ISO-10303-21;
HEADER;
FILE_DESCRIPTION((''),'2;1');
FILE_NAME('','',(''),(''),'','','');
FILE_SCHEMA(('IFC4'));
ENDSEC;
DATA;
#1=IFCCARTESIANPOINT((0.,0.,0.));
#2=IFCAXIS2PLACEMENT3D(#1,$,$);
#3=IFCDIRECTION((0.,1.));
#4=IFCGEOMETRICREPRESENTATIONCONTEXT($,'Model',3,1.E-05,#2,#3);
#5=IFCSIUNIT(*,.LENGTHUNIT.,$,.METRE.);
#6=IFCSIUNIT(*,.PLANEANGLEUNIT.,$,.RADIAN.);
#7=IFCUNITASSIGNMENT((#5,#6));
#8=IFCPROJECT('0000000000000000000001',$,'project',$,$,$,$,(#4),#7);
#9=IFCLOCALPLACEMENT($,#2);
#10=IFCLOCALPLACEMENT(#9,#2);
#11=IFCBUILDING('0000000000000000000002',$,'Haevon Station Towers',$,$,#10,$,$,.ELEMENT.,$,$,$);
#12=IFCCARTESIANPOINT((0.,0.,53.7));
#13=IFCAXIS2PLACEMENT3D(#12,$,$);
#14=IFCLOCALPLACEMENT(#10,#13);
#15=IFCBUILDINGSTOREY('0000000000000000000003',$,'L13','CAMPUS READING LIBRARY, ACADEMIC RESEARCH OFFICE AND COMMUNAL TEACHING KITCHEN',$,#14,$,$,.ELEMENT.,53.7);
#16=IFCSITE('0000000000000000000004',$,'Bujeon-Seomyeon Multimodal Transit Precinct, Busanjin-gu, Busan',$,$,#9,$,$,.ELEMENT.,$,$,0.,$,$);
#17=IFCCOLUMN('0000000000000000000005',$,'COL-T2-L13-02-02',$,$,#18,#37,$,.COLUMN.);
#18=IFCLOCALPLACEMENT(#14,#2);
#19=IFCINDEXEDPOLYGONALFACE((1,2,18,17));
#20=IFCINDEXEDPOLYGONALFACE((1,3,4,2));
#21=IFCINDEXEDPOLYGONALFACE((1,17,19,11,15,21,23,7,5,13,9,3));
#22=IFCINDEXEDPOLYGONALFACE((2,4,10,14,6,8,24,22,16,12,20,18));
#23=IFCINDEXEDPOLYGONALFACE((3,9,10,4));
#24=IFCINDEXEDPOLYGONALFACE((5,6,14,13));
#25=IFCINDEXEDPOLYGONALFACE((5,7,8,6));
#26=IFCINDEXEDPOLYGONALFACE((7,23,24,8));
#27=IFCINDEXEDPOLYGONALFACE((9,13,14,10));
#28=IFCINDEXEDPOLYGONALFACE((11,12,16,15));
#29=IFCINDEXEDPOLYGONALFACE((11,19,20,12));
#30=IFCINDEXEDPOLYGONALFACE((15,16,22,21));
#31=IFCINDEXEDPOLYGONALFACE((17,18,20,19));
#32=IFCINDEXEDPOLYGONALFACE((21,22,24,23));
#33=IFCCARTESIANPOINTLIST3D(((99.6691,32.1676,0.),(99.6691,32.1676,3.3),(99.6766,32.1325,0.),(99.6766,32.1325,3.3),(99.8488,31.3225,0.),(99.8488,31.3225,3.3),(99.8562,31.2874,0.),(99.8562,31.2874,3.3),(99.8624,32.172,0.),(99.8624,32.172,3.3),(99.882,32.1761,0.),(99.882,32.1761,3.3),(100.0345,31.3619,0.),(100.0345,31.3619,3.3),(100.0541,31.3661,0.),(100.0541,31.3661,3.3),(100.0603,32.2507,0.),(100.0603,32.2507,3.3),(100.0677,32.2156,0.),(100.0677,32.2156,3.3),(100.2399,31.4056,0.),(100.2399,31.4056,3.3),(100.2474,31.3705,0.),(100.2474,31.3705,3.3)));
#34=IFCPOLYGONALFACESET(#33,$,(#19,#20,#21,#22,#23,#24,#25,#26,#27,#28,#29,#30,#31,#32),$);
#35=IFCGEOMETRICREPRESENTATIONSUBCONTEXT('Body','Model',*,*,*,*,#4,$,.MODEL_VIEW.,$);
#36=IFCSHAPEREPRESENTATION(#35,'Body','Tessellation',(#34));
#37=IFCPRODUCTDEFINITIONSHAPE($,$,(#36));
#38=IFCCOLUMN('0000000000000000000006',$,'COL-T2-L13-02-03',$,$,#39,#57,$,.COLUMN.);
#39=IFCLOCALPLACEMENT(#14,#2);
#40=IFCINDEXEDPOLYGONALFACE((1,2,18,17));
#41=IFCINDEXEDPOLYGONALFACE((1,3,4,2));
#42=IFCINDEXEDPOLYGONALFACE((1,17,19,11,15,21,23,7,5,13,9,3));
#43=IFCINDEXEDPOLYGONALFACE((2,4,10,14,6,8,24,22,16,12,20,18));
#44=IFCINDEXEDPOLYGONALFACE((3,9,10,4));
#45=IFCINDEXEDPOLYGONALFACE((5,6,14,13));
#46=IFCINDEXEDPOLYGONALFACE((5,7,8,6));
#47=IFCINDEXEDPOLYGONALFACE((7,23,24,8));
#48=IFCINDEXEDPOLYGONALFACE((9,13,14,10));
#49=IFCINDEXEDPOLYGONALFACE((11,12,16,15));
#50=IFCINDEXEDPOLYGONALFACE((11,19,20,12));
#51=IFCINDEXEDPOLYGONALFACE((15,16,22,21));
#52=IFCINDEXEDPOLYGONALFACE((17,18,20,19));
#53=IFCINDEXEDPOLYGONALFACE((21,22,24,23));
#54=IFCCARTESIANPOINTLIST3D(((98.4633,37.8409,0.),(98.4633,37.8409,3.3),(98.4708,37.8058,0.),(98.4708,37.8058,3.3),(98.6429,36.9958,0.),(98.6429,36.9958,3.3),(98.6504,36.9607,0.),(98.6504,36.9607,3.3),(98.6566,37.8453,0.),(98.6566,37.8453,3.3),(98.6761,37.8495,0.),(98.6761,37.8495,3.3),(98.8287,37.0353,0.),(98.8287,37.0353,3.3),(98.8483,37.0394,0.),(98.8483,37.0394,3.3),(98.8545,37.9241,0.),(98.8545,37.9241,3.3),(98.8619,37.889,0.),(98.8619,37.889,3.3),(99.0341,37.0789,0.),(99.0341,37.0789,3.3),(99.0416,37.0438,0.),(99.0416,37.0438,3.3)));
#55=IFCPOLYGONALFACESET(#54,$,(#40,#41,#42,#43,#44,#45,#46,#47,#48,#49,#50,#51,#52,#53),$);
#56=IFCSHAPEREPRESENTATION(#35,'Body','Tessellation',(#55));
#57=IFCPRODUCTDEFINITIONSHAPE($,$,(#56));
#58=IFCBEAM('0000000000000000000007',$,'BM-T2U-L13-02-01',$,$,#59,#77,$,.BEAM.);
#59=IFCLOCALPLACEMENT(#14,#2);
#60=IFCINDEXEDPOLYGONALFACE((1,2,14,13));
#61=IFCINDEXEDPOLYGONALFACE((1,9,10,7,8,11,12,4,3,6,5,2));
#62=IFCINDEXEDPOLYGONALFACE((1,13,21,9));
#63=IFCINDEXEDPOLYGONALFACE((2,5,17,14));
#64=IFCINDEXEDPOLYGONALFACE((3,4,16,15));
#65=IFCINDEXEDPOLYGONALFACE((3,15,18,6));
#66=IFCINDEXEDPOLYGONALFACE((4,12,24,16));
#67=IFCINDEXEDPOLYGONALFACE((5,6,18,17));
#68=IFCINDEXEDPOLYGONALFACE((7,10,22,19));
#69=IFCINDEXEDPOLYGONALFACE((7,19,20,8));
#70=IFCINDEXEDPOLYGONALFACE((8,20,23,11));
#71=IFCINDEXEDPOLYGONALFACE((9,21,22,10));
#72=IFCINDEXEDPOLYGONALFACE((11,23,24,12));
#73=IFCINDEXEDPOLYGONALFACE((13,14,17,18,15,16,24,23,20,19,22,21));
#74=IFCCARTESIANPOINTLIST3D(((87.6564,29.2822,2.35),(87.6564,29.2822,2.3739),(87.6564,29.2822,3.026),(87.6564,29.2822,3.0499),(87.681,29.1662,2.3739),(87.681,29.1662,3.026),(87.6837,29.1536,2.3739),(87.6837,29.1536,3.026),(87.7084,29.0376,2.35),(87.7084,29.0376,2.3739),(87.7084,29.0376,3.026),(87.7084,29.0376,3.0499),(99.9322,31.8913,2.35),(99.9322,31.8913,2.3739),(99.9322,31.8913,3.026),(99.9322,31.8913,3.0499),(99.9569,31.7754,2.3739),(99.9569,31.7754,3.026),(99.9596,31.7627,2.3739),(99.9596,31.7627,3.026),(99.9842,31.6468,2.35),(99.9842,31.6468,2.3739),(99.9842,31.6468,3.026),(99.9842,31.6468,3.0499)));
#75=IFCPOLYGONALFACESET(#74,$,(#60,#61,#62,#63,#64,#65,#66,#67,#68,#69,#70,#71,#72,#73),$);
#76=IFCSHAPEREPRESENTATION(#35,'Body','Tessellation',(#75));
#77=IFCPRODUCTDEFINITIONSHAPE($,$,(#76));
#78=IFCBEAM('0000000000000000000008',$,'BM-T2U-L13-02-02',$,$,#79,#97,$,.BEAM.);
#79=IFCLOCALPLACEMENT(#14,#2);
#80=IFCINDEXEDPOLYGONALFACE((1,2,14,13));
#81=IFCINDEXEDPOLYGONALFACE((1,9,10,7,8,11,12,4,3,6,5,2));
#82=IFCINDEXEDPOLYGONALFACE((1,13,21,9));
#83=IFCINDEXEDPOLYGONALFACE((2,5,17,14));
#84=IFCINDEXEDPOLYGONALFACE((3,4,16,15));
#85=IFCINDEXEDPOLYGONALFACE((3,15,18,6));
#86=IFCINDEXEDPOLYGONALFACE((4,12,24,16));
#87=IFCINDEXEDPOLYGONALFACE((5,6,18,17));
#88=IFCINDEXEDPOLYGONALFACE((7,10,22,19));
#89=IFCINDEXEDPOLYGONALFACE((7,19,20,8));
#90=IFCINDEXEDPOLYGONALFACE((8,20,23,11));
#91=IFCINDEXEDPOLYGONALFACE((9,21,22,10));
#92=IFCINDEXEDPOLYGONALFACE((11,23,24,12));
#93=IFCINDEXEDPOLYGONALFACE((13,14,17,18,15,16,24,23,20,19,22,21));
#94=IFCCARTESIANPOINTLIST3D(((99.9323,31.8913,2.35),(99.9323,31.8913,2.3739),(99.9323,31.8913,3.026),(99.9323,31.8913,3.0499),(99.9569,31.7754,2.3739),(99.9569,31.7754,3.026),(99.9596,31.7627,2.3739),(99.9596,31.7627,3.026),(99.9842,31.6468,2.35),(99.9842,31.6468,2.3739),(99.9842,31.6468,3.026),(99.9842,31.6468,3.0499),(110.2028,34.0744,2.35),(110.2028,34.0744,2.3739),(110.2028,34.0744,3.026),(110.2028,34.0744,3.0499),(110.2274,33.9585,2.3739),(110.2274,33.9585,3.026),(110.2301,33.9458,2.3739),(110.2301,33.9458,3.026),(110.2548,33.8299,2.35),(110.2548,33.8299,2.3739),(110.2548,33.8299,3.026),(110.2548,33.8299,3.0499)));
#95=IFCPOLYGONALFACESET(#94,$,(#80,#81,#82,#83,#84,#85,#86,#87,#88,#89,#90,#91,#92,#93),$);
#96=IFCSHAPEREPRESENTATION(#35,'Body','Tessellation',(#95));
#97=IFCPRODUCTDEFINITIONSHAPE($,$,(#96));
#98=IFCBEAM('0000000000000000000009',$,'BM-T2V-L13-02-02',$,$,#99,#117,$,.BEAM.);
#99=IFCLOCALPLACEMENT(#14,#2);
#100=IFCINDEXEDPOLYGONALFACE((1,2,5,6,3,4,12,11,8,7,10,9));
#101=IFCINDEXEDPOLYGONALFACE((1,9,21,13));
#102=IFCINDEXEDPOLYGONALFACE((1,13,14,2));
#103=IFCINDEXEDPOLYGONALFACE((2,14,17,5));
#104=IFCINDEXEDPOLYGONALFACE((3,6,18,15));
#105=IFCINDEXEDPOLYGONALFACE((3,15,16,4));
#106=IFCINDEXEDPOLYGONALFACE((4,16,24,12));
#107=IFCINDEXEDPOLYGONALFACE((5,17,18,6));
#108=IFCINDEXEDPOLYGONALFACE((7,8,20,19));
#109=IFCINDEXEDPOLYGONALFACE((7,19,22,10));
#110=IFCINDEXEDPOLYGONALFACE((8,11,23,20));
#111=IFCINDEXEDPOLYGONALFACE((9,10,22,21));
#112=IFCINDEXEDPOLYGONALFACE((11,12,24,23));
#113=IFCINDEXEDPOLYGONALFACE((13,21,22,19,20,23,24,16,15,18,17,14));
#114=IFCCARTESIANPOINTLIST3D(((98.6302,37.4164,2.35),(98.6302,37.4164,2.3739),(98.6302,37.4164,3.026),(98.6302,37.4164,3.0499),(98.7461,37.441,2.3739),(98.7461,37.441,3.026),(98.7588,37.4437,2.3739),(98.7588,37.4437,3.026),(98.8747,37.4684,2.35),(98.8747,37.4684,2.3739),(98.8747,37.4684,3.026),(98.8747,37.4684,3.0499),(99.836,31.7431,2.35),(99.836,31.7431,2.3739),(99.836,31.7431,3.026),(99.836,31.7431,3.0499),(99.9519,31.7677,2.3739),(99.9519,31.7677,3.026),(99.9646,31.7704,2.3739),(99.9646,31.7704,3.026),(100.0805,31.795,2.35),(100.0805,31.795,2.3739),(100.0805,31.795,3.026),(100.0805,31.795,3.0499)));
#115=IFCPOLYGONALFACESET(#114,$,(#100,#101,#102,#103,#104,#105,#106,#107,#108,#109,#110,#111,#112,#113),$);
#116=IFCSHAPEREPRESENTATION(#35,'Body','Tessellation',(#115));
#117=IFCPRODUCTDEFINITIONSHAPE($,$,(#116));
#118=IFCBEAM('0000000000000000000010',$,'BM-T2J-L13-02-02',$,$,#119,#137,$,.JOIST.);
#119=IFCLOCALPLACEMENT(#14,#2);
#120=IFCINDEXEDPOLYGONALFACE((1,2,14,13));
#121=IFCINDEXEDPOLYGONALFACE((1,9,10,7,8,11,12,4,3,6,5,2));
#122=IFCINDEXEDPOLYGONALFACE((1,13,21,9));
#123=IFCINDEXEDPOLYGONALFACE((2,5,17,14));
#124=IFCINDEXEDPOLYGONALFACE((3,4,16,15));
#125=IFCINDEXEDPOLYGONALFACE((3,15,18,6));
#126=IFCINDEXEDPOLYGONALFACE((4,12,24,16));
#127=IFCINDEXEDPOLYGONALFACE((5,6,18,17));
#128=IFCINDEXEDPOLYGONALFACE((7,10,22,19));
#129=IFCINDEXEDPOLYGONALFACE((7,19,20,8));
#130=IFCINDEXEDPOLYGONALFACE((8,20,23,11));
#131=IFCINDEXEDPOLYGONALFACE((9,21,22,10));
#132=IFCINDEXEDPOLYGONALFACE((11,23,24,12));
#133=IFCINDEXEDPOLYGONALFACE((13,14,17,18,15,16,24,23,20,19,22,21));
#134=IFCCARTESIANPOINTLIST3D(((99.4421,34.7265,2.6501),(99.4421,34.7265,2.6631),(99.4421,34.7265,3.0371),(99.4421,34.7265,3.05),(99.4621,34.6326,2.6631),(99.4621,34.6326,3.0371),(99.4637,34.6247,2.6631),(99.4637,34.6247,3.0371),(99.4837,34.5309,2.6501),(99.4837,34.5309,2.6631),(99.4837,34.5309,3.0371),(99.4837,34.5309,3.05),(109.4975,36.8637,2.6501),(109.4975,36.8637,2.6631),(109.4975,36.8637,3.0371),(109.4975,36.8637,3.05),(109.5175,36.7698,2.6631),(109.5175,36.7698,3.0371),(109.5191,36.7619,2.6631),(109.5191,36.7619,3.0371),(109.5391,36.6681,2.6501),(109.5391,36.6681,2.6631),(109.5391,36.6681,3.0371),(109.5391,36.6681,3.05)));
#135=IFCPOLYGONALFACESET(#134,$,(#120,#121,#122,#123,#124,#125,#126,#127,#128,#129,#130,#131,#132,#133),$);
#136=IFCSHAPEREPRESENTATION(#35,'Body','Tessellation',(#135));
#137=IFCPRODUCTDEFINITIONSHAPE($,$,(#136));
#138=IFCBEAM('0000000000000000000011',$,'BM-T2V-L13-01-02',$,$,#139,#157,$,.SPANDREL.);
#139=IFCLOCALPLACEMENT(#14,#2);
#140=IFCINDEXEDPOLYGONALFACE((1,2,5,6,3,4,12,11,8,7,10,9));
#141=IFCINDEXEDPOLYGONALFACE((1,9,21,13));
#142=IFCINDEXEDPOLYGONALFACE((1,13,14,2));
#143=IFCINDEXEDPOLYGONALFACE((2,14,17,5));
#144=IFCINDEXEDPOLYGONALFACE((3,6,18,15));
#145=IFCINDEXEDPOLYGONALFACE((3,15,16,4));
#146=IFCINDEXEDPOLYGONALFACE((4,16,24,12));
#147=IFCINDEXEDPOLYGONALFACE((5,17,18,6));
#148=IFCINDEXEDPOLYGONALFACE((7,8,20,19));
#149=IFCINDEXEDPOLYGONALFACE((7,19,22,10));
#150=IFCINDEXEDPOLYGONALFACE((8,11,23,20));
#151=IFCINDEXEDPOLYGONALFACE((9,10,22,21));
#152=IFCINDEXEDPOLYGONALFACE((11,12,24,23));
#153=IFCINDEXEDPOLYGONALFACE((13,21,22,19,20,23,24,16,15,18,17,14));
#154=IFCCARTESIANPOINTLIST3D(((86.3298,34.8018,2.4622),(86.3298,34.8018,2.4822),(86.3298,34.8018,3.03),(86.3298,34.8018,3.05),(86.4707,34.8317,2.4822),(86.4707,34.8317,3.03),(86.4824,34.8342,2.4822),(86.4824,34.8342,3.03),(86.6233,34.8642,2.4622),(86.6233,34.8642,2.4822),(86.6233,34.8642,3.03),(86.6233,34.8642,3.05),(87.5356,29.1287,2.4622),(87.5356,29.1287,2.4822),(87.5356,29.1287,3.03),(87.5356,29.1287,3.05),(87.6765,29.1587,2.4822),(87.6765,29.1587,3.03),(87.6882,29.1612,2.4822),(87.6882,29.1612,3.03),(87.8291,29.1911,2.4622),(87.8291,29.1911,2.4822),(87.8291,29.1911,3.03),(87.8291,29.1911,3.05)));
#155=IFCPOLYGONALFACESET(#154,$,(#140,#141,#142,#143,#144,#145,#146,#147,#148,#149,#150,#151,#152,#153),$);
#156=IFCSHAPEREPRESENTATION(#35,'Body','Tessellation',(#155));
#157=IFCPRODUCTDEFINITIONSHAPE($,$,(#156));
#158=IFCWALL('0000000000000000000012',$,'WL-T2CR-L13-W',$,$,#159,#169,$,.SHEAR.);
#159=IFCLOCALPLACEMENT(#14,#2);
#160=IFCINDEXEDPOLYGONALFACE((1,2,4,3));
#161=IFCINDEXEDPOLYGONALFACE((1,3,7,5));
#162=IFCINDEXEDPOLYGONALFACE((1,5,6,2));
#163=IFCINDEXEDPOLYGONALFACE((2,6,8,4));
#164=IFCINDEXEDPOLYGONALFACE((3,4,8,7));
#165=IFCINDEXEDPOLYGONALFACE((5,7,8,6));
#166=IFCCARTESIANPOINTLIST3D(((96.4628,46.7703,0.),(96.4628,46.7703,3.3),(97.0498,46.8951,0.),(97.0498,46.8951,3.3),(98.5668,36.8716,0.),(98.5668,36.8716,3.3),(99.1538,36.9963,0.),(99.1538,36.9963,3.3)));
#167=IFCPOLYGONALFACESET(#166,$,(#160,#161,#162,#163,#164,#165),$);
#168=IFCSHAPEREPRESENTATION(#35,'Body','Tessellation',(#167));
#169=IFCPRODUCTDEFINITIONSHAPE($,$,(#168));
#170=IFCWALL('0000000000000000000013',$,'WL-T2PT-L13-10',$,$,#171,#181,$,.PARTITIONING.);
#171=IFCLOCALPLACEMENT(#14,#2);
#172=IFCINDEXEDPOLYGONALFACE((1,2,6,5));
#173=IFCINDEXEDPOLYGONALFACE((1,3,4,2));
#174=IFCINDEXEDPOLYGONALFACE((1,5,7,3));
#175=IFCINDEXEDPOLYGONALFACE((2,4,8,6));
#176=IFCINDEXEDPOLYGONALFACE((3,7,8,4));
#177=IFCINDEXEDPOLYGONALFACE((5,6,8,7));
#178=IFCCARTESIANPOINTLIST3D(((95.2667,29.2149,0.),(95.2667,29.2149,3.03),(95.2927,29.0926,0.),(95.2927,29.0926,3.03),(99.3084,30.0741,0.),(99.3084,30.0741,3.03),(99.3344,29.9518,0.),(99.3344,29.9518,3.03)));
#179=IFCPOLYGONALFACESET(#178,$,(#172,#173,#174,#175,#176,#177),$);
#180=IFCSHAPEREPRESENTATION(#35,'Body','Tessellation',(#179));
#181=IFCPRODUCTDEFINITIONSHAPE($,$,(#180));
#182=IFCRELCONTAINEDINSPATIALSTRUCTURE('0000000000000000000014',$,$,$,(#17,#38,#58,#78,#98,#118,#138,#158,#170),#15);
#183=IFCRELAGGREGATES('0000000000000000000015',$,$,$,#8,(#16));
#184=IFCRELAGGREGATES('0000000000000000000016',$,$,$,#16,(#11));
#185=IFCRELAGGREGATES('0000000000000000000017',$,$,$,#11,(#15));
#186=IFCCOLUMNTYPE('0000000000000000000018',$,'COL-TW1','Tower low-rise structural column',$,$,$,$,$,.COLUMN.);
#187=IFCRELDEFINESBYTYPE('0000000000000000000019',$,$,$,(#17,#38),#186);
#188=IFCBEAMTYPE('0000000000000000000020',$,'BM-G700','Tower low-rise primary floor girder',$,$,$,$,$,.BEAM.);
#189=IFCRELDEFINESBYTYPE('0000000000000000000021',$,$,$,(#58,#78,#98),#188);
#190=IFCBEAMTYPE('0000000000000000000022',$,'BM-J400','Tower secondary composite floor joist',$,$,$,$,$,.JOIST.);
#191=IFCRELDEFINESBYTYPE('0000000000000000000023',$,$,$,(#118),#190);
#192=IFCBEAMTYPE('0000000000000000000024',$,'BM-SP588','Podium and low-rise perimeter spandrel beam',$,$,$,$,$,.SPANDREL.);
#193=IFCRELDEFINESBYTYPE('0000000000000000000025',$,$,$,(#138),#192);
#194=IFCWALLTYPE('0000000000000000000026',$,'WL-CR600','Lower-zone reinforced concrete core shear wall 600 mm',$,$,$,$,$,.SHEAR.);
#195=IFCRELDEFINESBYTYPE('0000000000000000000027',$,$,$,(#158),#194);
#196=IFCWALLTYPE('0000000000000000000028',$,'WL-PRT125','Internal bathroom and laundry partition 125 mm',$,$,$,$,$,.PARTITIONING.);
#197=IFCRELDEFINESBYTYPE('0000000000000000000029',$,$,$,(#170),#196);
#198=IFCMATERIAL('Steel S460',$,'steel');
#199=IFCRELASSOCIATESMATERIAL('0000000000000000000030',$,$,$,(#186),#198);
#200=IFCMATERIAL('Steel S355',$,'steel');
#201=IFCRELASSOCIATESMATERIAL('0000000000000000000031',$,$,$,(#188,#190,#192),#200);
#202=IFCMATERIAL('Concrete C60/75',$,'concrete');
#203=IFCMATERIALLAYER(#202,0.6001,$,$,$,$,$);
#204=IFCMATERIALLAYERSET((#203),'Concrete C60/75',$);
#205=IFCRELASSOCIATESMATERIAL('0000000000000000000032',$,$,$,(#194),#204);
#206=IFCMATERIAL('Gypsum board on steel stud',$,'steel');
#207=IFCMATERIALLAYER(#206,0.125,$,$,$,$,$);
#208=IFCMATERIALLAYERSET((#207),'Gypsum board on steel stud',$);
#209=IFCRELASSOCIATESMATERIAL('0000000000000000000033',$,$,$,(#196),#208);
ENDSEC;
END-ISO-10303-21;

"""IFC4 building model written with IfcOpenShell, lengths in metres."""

from ifc_helpers import new_model, si_unit, direction, frame, frame_2d, origin, origin_2d, place, context, subcontext, project, spatial, rectangle, i_section, extrude, material, layer, layer_set, material_profile, profile_set, type_object, element, save


model = new_model("IFC4")

# Units and contexts
model_context = context("Model", 3, precision=1e-05, world=origin(), true_north=direction((0.0, 1.0)))
body_context = subcontext(model_context, "Body", "Model", "MODEL_VIEW")
ifc_project = project(units=[si_unit("LENGTHUNIT", "METRE"), si_unit("PLANEANGLEUNIT", "RADIAN")], contexts=[model_context])

# Site, building, storey
site_placement = place(None, origin())
site = spatial("IfcSite", under=ifc_project, at=site_placement, Name="Bujeon-Seomyeon Multimodal Transit Precinct, Busanjin-gu, Busan", CompositionType="ELEMENT", RefElevation=0.0)
building_placement = place(site_placement, origin())
building = spatial("IfcBuilding", under=site, at=building_placement, Name="Haevon Station Towers", CompositionType="ELEMENT")
storey_placement = place(building_placement, frame((0.0, 0.0, 53.7)))
storey = spatial("IfcBuildingStorey", under=building, at=storey_placement, Name="L13", Description="CAMPUS READING LIBRARY, ACADEMIC RESEARCH OFFICE AND COMMUNAL TEACHING KITCHEN", CompositionType="ELEMENT", Elevation=53.7)

# Columns
ifc_material_1 = material(Name="Steel S460", Category="steel")
ifc_material_profile_1 = material_profile(ifc_material_1, i_section(OverallWidth=0.3999, OverallDepth=0.8999, WebThickness=0.02, FlangeThickness=0.0359, at=origin_2d()), Name="H-900x400x20x36")
ifc_profile_set_1 = profile_set([ifc_material_profile_1], Name="Steel S460")
column_type = type_object("IfcColumnType", Name="COL-TW1", Description="Tower low-rise structural column", PredefinedType="COLUMN", material=ifc_profile_set_1)
for number, where, z_axis, x_axis, name in (
    (1, (99.9583, 31.769, 0.0), (0.0, 0.0, 1.0), (0.978148, 0.207912, 0.0), "COL-T2-L13-02-02"),
    (2, (98.7524, 37.4424, 0.0), (0.0, 0.0, 1.0), (0.978148, 0.207912, 0.0), "COL-T2-L13-02-03"),
):
    element("IfcColumn", number, at=place(storey_placement, frame(where, z_axis=z_axis, x_axis=x_axis)), inside=storey, type_object=column_type, Name=name, PredefinedType="COLUMN", context=body_context, shape_type="SweptSolid", body=[
        extrude(i_section(OverallWidth=0.3999, OverallDepth=0.8999, WebThickness=0.02, FlangeThickness=0.0359, at=origin_2d()), origin(), (0.0, 0.0, 1.0), 3.3),
    ])

# Beams
ifc_material_2 = material(Name="Steel S355", Category="steel")
ifc_material_profile_2 = material_profile(ifc_material_2, i_section(OverallWidth=0.25, OverallDepth=0.7, WebThickness=0.0129, FlangeThickness=0.0239, at=origin_2d()), Name="H-700x250x13x24")
ifc_profile_set_2 = profile_set([ifc_material_profile_2], Name="Steel S355")
beam_type_1 = type_object("IfcBeamType", Name="BM-G700", Description="Tower low-rise primary floor girder", PredefinedType="BEAM", material=ifc_profile_set_2)
beam_1_placement = place(storey_placement, frame((87.6824, 29.1599, 2.7), z_axis=(0.978151, 0.207897, 0.0), x_axis=(-0.207897, 0.978151, 0.0)))
element("IfcBeam", 3, at=beam_1_placement, inside=storey, type_object=beam_type_1, Name="BM-T2U-L13-02-01", PredefinedType="BEAM", context=body_context, shape_type="SweptSolid", body=[
    extrude(i_section(OverallWidth=0.25, OverallDepth=0.7, WebThickness=0.0129, FlangeThickness=0.0239, at=origin_2d()), origin(), (0.0, 0.0, 1.0), 12.55),
])
beam_2_placement = place(storey_placement, frame((99.9583, 31.769, 2.7), z_axis=(0.978147, 0.207915, 0.0), x_axis=(-0.207915, 0.978147, 0.0)))
element("IfcBeam", 4, at=beam_2_placement, inside=storey, type_object=beam_type_1, Name="BM-T2U-L13-02-02", PredefinedType="BEAM", context=body_context, shape_type="SweptSolid", body=[
    extrude(i_section(OverallWidth=0.25, OverallDepth=0.7, WebThickness=0.0129, FlangeThickness=0.0239, at=origin_2d()), origin(), (0.0, 0.0, 1.0), 10.5),
])
beam_3_placement = place(storey_placement, frame((99.9583, 31.769, 2.7), z_axis=(-0.207896, 0.978151, 0.0), x_axis=(-0.978151, -0.207896, 0.0)))
element("IfcBeam", 5, at=beam_3_placement, inside=storey, type_object=beam_type_1, Name="BM-T2V-L13-02-02", PredefinedType="BEAM", context=body_context, shape_type="SweptSolid", body=[
    extrude(i_section(OverallWidth=0.25, OverallDepth=0.7, WebThickness=0.0129, FlangeThickness=0.0239, at=origin_2d()), origin(), (0.0, 0.0, 1.0), 5.8),
])
ifc_material_profile_3 = material_profile(ifc_material_2, i_section(OverallWidth=0.2, OverallDepth=0.3999, WebThickness=0.0081, FlangeThickness=0.0129, at=origin_2d()), Name="H-400x200x8x13")
ifc_profile_set_3 = profile_set([ifc_material_profile_3], Name="Steel S355")
beam_type_2 = type_object("IfcBeamType", Name="BM-J400", Description="Tower secondary composite floor joist", PredefinedType="JOIST", material=ifc_profile_set_3)
beam_4_placement = place(storey_placement, frame((99.4629, 34.6287, 2.8501), z_axis=(0.97815, 0.207899, 0.0), x_axis=(-0.207899, 0.97815, 0.0)))
element("IfcBeam", 6, at=beam_4_placement, inside=storey, type_object=beam_type_2, Name="BM-T2J-L13-02-02", PredefinedType="JOIST", context=body_context, shape_type="SweptSolid", body=[
    extrude(i_section(OverallWidth=0.2, OverallDepth=0.3999, WebThickness=0.0081, FlangeThickness=0.0129, at=origin_2d()), origin(), (0.0, 0.0, 1.0), 10.28),
])
ifc_material_profile_4 = material_profile(ifc_material_2, i_section(OverallWidth=0.3, OverallDepth=0.5879, WebThickness=0.012, FlangeThickness=0.02, at=origin_2d()), Name="H-588x300x12x20")
ifc_profile_set_4 = profile_set([ifc_material_profile_4], Name="Steel S355")
beam_type_3 = type_object("IfcBeamType", Name="BM-SP588", Description="Podium and low-rise perimeter spandrel beam", PredefinedType="SPANDREL", material=ifc_profile_set_4)
beam_5_placement = place(storey_placement, frame((87.6824, 29.1599, 2.7561), z_axis=(-0.207905, 0.978149, 0.0), x_axis=(-0.978149, -0.207905, 0.0)))
element("IfcBeam", 7, at=beam_5_placement, inside=storey, type_object=beam_type_3, Name="BM-T2V-L13-01-02", PredefinedType="SPANDREL", context=body_context, shape_type="SweptSolid", body=[
    extrude(i_section(OverallWidth=0.3, OverallDepth=0.5879, WebThickness=0.012, FlangeThickness=0.02, at=origin_2d()), origin(), (0.0, 0.0, 1.0), 5.7998),
])

# Walls
ifc_material_3 = material(Name="Concrete C60/75", Category="concrete")
ifc_layer_1 = layer(ifc_material_3, 0.6001)
ifc_layer_set_1 = layer_set([ifc_layer_1], Name="Concrete C60/75")
wall_type_1 = type_object("IfcWallType", Name="WL-CR600", Description="Lower-zone reinforced concrete core shear wall 600 mm", PredefinedType="SHEAR", material=ifc_layer_set_1)
wall_1_placement = place(storey_placement, frame((98.8604, 36.9338, 0.0), z_axis=(0.0, 0.0, 1.0), x_axis=(-0.207909, 0.978148, 0.0)))
element("IfcWall", 8, at=wall_1_placement, inside=storey, type_object=wall_type_1, Name="WL-T2CR-L13-W", PredefinedType="SHEAR", context=body_context, shape_type="SweptSolid", body=[
    extrude(rectangle(XDim=10.1199, YDim=0.6001, at=frame_2d((5.0601, 0.0))), origin(), (0.0, 0.0, 1.0), 3.3),
])
ifc_material_4 = material(Name="Gypsum board on steel stud", Category="steel")
ifc_layer_2 = layer(ifc_material_4, 0.125)
ifc_layer_set_2 = layer_set([ifc_layer_2], Name="Gypsum board on steel stud")
wall_type_2 = type_object("IfcWallType", Name="WL-PRT125", Description="Internal bathroom and laundry partition 125 mm", PredefinedType="PARTITIONING", material=ifc_layer_set_2)
wall_2_placement = place(storey_placement, frame((95.2798, 29.1538, 0.0), z_axis=(0.0, 0.0, 1.0), x_axis=(0.978146, 0.207919, 0.0)))
element("IfcWall", 9, at=wall_2_placement, inside=storey, type_object=wall_type_2, Name="WL-T2PT-L13-10", PredefinedType="PARTITIONING", context=body_context, shape_type="SweptSolid", body=[
    extrude(rectangle(XDim=4.1321, YDim=0.125, at=frame_2d((2.0659, 0.0))), origin(), (0.0, 0.0, 1.0), 3.03),
])

save(model, "model.ifc")
